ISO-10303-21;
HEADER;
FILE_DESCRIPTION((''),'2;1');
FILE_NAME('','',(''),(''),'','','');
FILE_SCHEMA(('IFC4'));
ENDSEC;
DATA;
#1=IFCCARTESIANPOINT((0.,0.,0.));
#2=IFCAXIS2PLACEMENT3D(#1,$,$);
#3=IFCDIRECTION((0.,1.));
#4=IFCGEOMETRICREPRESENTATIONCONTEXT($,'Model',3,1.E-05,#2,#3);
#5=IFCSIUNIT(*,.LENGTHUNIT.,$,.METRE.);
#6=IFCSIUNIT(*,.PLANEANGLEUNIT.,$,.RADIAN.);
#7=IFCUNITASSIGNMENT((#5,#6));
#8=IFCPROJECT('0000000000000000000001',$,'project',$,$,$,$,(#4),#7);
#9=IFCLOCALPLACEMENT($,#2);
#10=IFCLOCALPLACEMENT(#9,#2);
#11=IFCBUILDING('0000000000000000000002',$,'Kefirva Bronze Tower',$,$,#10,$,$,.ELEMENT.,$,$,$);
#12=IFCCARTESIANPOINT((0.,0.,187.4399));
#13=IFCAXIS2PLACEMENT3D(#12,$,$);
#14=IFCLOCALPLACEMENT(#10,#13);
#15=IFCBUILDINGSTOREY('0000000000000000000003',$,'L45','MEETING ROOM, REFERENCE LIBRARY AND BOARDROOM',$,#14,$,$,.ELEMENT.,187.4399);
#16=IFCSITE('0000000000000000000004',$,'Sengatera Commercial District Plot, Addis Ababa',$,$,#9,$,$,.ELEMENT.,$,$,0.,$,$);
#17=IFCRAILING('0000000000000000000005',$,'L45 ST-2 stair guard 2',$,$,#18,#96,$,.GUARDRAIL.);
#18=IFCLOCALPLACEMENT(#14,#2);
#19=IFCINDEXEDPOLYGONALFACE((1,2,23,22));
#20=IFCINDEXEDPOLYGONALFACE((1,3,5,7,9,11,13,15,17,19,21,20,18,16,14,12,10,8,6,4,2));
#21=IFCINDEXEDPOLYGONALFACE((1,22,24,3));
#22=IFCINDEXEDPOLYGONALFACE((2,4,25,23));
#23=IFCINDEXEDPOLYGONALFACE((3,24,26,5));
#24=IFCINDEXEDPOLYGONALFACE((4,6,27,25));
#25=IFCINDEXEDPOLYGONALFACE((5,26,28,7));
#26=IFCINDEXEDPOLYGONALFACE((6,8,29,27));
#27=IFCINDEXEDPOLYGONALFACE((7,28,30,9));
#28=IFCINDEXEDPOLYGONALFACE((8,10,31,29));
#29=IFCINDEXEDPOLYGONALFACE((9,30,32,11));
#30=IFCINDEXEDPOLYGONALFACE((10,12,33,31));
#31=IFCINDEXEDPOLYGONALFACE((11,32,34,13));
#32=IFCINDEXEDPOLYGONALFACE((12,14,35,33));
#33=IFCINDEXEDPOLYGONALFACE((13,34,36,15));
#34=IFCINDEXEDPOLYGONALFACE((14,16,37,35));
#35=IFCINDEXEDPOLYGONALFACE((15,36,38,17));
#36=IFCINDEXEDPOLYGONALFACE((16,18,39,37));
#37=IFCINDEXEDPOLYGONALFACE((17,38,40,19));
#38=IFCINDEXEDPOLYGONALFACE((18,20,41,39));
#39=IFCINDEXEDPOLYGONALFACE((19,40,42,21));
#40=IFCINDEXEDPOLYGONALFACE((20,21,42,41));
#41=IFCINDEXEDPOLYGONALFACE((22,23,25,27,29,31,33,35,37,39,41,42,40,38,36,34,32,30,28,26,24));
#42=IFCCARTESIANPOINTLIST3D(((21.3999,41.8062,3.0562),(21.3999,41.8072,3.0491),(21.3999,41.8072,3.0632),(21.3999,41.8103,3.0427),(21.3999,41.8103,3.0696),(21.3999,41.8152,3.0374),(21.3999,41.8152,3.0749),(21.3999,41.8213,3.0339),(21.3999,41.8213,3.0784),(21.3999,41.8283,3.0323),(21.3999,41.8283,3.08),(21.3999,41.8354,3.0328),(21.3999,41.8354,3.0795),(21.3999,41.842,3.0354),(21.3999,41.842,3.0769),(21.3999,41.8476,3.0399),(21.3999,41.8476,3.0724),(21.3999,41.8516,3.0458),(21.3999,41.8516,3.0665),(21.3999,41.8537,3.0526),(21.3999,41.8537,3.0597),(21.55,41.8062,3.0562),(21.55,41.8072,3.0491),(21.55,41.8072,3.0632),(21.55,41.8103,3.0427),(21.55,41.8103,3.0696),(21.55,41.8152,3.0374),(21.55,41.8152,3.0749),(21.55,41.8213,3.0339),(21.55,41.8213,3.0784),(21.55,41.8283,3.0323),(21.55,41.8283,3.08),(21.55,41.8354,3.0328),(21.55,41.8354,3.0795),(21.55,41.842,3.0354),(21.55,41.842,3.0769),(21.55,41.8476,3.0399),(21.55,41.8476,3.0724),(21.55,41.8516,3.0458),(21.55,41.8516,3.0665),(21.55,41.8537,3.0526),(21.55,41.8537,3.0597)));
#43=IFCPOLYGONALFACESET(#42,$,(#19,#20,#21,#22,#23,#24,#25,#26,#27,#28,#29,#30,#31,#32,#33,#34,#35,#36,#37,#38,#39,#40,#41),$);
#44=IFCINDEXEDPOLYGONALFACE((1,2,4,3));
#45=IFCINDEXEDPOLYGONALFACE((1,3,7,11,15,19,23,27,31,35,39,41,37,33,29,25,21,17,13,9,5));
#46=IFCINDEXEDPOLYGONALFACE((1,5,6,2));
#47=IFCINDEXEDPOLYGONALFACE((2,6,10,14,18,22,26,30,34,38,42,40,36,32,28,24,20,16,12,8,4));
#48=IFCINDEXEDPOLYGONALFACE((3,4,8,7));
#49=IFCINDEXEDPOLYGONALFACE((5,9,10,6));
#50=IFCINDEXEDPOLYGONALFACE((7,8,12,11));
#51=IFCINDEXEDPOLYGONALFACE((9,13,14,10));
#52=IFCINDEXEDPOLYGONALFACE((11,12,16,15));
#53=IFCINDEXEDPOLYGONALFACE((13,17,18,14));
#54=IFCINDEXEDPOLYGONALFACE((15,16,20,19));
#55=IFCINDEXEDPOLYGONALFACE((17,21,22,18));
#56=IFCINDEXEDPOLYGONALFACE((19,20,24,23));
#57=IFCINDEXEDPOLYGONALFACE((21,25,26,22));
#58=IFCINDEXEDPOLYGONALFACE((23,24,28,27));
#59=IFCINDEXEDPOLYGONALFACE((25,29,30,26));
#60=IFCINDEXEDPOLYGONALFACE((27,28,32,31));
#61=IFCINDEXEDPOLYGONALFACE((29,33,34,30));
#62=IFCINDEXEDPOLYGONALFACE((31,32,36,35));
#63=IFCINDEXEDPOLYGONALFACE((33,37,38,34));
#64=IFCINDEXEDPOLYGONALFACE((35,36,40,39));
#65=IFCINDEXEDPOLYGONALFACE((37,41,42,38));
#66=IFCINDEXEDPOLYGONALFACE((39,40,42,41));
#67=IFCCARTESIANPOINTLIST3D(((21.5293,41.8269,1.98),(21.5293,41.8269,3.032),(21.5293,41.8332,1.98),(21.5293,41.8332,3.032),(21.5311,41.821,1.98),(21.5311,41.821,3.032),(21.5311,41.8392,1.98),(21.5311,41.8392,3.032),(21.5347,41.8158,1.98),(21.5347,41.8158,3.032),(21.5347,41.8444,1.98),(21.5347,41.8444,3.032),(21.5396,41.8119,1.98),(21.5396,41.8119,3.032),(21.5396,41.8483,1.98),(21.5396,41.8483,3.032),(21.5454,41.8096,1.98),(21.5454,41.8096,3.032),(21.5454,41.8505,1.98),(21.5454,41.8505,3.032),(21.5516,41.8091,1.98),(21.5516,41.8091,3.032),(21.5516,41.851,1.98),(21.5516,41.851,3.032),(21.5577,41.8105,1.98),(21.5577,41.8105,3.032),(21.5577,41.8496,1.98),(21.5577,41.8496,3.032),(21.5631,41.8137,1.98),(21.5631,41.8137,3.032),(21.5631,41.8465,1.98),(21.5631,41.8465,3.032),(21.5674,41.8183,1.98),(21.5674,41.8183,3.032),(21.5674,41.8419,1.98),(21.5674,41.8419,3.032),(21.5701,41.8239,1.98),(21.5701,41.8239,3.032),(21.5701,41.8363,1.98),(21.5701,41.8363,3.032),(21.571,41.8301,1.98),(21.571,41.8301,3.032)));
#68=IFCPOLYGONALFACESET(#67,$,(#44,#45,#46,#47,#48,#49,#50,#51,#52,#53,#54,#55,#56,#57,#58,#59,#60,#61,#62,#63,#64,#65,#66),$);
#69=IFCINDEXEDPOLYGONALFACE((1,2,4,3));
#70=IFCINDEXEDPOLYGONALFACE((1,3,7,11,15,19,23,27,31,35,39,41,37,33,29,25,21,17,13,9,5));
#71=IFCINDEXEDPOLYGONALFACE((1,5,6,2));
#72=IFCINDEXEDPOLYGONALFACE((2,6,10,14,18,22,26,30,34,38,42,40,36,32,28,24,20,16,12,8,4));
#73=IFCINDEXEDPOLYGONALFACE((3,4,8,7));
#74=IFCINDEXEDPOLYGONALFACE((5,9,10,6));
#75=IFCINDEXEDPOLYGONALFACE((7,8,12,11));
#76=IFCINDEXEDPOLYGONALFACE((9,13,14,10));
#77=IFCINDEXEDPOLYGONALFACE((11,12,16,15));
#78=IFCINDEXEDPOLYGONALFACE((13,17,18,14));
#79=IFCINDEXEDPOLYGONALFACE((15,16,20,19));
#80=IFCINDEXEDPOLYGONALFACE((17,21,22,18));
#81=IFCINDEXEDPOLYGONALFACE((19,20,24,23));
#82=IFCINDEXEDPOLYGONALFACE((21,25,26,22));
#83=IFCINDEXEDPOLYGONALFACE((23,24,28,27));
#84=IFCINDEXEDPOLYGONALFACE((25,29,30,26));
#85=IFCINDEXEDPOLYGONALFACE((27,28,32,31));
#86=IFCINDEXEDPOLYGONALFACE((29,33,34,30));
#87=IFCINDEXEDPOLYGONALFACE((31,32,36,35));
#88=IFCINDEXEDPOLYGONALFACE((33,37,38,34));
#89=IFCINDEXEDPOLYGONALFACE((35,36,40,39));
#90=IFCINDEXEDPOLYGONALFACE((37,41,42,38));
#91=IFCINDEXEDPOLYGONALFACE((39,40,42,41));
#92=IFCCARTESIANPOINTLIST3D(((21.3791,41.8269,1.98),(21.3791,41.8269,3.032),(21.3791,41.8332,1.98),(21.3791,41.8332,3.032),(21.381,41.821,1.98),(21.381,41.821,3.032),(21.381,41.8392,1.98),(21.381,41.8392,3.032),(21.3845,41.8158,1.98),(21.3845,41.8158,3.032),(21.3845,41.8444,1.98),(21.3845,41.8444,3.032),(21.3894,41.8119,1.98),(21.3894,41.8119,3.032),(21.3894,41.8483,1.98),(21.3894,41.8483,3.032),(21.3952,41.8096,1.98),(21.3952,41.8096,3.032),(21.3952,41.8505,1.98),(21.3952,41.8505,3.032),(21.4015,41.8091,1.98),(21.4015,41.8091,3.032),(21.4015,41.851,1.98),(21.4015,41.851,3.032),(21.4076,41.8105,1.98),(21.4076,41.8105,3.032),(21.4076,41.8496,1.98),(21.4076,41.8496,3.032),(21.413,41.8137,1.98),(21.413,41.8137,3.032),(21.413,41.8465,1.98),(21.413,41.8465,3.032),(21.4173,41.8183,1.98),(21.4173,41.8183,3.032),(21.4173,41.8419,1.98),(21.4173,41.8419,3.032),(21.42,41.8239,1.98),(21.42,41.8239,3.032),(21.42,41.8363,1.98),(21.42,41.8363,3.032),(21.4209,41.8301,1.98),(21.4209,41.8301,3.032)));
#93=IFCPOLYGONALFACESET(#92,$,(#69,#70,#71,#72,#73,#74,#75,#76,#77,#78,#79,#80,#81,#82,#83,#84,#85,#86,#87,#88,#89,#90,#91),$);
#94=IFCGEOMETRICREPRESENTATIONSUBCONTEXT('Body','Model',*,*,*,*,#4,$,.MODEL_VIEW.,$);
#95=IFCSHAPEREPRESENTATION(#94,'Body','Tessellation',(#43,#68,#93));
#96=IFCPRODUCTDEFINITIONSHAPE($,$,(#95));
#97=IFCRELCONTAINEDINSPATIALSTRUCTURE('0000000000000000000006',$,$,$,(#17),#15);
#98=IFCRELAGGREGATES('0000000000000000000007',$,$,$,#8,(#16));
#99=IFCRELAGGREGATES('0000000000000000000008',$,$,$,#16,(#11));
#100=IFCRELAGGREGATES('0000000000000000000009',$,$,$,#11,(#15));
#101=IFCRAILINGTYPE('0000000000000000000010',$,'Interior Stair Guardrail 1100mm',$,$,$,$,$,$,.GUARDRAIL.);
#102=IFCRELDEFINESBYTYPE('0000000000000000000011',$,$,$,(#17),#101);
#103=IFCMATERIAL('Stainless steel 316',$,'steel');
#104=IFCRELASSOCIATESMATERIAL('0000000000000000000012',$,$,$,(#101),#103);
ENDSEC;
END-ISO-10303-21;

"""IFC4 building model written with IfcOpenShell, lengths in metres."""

from ifc_helpers import new_model, si_unit, direction, frame, origin, origin_2d, place, context, subcontext, project, spatial, circle, extrude, material, type_object, element, save


model = new_model("IFC4")

# Units and contexts
model_context = context("Model", 3, precision=1e-05, world=origin(), true_north=direction((0.0, 1.0)))
body_context = subcontext(model_context, "Body", "Model", "MODEL_VIEW")
ifc_project = project(units=[si_unit("LENGTHUNIT", "METRE"), si_unit("PLANEANGLEUNIT", "RADIAN")], contexts=[model_context])

# Site, building, storey
site_placement = place(None, origin())
site = spatial("IfcSite", under=ifc_project, at=site_placement, Name="Sengatera Commercial District Plot, Addis Ababa", CompositionType="ELEMENT", RefElevation=0.0)
building_placement = place(site_placement, origin())
building = spatial("IfcBuilding", under=site, at=building_placement, Name="Kefirva Bronze Tower", CompositionType="ELEMENT")
storey_placement = place(building_placement, frame((0.0, 0.0, 187.4399)))
storey = spatial("IfcBuildingStorey", under=building, at=storey_placement, Name="L45", Description="MEETING ROOM, REFERENCE LIBRARY AND BOARDROOM", CompositionType="ELEMENT", Elevation=187.4399)

# Railing
ifc_material_1 = material(Name="Stainless steel 316", Category="steel")
railing_type_1 = type_object("IfcRailingType", Name="Interior Stair Guardrail 1100mm", PredefinedType="GUARDRAIL", material=ifc_material_1)
railing_1_placement = place(storey_placement, frame((21.55, 41.8301, 1.98)))
element("IfcRailing", 1, at=railing_1_placement, inside=storey, type_object=railing_type_1, Name="L45 ST-2 stair guard 2", PredefinedType="GUARDRAIL", context=body_context, shape_type="SweptSolid", body=[
    extrude(circle(Radius=0.0239, at=origin_2d()), frame((0.0, 0.0, 1.0762), z_axis=(-1.0, 0.0, 0.0), x_axis=(0.0, -1.0, 0.0)), (0.0, 0.0, 1.0), 0.1501),
    extrude(circle(Radius=0.021, at=origin_2d()), origin(), (0.0, 0.0, 1.0), 1.052),
    extrude(circle(Radius=0.021, at=origin_2d()), frame((-0.1501, 0.0, 0.0)), (0.0, 0.0, 1.0), 1.052),
])

save(model, "model.ifc")
